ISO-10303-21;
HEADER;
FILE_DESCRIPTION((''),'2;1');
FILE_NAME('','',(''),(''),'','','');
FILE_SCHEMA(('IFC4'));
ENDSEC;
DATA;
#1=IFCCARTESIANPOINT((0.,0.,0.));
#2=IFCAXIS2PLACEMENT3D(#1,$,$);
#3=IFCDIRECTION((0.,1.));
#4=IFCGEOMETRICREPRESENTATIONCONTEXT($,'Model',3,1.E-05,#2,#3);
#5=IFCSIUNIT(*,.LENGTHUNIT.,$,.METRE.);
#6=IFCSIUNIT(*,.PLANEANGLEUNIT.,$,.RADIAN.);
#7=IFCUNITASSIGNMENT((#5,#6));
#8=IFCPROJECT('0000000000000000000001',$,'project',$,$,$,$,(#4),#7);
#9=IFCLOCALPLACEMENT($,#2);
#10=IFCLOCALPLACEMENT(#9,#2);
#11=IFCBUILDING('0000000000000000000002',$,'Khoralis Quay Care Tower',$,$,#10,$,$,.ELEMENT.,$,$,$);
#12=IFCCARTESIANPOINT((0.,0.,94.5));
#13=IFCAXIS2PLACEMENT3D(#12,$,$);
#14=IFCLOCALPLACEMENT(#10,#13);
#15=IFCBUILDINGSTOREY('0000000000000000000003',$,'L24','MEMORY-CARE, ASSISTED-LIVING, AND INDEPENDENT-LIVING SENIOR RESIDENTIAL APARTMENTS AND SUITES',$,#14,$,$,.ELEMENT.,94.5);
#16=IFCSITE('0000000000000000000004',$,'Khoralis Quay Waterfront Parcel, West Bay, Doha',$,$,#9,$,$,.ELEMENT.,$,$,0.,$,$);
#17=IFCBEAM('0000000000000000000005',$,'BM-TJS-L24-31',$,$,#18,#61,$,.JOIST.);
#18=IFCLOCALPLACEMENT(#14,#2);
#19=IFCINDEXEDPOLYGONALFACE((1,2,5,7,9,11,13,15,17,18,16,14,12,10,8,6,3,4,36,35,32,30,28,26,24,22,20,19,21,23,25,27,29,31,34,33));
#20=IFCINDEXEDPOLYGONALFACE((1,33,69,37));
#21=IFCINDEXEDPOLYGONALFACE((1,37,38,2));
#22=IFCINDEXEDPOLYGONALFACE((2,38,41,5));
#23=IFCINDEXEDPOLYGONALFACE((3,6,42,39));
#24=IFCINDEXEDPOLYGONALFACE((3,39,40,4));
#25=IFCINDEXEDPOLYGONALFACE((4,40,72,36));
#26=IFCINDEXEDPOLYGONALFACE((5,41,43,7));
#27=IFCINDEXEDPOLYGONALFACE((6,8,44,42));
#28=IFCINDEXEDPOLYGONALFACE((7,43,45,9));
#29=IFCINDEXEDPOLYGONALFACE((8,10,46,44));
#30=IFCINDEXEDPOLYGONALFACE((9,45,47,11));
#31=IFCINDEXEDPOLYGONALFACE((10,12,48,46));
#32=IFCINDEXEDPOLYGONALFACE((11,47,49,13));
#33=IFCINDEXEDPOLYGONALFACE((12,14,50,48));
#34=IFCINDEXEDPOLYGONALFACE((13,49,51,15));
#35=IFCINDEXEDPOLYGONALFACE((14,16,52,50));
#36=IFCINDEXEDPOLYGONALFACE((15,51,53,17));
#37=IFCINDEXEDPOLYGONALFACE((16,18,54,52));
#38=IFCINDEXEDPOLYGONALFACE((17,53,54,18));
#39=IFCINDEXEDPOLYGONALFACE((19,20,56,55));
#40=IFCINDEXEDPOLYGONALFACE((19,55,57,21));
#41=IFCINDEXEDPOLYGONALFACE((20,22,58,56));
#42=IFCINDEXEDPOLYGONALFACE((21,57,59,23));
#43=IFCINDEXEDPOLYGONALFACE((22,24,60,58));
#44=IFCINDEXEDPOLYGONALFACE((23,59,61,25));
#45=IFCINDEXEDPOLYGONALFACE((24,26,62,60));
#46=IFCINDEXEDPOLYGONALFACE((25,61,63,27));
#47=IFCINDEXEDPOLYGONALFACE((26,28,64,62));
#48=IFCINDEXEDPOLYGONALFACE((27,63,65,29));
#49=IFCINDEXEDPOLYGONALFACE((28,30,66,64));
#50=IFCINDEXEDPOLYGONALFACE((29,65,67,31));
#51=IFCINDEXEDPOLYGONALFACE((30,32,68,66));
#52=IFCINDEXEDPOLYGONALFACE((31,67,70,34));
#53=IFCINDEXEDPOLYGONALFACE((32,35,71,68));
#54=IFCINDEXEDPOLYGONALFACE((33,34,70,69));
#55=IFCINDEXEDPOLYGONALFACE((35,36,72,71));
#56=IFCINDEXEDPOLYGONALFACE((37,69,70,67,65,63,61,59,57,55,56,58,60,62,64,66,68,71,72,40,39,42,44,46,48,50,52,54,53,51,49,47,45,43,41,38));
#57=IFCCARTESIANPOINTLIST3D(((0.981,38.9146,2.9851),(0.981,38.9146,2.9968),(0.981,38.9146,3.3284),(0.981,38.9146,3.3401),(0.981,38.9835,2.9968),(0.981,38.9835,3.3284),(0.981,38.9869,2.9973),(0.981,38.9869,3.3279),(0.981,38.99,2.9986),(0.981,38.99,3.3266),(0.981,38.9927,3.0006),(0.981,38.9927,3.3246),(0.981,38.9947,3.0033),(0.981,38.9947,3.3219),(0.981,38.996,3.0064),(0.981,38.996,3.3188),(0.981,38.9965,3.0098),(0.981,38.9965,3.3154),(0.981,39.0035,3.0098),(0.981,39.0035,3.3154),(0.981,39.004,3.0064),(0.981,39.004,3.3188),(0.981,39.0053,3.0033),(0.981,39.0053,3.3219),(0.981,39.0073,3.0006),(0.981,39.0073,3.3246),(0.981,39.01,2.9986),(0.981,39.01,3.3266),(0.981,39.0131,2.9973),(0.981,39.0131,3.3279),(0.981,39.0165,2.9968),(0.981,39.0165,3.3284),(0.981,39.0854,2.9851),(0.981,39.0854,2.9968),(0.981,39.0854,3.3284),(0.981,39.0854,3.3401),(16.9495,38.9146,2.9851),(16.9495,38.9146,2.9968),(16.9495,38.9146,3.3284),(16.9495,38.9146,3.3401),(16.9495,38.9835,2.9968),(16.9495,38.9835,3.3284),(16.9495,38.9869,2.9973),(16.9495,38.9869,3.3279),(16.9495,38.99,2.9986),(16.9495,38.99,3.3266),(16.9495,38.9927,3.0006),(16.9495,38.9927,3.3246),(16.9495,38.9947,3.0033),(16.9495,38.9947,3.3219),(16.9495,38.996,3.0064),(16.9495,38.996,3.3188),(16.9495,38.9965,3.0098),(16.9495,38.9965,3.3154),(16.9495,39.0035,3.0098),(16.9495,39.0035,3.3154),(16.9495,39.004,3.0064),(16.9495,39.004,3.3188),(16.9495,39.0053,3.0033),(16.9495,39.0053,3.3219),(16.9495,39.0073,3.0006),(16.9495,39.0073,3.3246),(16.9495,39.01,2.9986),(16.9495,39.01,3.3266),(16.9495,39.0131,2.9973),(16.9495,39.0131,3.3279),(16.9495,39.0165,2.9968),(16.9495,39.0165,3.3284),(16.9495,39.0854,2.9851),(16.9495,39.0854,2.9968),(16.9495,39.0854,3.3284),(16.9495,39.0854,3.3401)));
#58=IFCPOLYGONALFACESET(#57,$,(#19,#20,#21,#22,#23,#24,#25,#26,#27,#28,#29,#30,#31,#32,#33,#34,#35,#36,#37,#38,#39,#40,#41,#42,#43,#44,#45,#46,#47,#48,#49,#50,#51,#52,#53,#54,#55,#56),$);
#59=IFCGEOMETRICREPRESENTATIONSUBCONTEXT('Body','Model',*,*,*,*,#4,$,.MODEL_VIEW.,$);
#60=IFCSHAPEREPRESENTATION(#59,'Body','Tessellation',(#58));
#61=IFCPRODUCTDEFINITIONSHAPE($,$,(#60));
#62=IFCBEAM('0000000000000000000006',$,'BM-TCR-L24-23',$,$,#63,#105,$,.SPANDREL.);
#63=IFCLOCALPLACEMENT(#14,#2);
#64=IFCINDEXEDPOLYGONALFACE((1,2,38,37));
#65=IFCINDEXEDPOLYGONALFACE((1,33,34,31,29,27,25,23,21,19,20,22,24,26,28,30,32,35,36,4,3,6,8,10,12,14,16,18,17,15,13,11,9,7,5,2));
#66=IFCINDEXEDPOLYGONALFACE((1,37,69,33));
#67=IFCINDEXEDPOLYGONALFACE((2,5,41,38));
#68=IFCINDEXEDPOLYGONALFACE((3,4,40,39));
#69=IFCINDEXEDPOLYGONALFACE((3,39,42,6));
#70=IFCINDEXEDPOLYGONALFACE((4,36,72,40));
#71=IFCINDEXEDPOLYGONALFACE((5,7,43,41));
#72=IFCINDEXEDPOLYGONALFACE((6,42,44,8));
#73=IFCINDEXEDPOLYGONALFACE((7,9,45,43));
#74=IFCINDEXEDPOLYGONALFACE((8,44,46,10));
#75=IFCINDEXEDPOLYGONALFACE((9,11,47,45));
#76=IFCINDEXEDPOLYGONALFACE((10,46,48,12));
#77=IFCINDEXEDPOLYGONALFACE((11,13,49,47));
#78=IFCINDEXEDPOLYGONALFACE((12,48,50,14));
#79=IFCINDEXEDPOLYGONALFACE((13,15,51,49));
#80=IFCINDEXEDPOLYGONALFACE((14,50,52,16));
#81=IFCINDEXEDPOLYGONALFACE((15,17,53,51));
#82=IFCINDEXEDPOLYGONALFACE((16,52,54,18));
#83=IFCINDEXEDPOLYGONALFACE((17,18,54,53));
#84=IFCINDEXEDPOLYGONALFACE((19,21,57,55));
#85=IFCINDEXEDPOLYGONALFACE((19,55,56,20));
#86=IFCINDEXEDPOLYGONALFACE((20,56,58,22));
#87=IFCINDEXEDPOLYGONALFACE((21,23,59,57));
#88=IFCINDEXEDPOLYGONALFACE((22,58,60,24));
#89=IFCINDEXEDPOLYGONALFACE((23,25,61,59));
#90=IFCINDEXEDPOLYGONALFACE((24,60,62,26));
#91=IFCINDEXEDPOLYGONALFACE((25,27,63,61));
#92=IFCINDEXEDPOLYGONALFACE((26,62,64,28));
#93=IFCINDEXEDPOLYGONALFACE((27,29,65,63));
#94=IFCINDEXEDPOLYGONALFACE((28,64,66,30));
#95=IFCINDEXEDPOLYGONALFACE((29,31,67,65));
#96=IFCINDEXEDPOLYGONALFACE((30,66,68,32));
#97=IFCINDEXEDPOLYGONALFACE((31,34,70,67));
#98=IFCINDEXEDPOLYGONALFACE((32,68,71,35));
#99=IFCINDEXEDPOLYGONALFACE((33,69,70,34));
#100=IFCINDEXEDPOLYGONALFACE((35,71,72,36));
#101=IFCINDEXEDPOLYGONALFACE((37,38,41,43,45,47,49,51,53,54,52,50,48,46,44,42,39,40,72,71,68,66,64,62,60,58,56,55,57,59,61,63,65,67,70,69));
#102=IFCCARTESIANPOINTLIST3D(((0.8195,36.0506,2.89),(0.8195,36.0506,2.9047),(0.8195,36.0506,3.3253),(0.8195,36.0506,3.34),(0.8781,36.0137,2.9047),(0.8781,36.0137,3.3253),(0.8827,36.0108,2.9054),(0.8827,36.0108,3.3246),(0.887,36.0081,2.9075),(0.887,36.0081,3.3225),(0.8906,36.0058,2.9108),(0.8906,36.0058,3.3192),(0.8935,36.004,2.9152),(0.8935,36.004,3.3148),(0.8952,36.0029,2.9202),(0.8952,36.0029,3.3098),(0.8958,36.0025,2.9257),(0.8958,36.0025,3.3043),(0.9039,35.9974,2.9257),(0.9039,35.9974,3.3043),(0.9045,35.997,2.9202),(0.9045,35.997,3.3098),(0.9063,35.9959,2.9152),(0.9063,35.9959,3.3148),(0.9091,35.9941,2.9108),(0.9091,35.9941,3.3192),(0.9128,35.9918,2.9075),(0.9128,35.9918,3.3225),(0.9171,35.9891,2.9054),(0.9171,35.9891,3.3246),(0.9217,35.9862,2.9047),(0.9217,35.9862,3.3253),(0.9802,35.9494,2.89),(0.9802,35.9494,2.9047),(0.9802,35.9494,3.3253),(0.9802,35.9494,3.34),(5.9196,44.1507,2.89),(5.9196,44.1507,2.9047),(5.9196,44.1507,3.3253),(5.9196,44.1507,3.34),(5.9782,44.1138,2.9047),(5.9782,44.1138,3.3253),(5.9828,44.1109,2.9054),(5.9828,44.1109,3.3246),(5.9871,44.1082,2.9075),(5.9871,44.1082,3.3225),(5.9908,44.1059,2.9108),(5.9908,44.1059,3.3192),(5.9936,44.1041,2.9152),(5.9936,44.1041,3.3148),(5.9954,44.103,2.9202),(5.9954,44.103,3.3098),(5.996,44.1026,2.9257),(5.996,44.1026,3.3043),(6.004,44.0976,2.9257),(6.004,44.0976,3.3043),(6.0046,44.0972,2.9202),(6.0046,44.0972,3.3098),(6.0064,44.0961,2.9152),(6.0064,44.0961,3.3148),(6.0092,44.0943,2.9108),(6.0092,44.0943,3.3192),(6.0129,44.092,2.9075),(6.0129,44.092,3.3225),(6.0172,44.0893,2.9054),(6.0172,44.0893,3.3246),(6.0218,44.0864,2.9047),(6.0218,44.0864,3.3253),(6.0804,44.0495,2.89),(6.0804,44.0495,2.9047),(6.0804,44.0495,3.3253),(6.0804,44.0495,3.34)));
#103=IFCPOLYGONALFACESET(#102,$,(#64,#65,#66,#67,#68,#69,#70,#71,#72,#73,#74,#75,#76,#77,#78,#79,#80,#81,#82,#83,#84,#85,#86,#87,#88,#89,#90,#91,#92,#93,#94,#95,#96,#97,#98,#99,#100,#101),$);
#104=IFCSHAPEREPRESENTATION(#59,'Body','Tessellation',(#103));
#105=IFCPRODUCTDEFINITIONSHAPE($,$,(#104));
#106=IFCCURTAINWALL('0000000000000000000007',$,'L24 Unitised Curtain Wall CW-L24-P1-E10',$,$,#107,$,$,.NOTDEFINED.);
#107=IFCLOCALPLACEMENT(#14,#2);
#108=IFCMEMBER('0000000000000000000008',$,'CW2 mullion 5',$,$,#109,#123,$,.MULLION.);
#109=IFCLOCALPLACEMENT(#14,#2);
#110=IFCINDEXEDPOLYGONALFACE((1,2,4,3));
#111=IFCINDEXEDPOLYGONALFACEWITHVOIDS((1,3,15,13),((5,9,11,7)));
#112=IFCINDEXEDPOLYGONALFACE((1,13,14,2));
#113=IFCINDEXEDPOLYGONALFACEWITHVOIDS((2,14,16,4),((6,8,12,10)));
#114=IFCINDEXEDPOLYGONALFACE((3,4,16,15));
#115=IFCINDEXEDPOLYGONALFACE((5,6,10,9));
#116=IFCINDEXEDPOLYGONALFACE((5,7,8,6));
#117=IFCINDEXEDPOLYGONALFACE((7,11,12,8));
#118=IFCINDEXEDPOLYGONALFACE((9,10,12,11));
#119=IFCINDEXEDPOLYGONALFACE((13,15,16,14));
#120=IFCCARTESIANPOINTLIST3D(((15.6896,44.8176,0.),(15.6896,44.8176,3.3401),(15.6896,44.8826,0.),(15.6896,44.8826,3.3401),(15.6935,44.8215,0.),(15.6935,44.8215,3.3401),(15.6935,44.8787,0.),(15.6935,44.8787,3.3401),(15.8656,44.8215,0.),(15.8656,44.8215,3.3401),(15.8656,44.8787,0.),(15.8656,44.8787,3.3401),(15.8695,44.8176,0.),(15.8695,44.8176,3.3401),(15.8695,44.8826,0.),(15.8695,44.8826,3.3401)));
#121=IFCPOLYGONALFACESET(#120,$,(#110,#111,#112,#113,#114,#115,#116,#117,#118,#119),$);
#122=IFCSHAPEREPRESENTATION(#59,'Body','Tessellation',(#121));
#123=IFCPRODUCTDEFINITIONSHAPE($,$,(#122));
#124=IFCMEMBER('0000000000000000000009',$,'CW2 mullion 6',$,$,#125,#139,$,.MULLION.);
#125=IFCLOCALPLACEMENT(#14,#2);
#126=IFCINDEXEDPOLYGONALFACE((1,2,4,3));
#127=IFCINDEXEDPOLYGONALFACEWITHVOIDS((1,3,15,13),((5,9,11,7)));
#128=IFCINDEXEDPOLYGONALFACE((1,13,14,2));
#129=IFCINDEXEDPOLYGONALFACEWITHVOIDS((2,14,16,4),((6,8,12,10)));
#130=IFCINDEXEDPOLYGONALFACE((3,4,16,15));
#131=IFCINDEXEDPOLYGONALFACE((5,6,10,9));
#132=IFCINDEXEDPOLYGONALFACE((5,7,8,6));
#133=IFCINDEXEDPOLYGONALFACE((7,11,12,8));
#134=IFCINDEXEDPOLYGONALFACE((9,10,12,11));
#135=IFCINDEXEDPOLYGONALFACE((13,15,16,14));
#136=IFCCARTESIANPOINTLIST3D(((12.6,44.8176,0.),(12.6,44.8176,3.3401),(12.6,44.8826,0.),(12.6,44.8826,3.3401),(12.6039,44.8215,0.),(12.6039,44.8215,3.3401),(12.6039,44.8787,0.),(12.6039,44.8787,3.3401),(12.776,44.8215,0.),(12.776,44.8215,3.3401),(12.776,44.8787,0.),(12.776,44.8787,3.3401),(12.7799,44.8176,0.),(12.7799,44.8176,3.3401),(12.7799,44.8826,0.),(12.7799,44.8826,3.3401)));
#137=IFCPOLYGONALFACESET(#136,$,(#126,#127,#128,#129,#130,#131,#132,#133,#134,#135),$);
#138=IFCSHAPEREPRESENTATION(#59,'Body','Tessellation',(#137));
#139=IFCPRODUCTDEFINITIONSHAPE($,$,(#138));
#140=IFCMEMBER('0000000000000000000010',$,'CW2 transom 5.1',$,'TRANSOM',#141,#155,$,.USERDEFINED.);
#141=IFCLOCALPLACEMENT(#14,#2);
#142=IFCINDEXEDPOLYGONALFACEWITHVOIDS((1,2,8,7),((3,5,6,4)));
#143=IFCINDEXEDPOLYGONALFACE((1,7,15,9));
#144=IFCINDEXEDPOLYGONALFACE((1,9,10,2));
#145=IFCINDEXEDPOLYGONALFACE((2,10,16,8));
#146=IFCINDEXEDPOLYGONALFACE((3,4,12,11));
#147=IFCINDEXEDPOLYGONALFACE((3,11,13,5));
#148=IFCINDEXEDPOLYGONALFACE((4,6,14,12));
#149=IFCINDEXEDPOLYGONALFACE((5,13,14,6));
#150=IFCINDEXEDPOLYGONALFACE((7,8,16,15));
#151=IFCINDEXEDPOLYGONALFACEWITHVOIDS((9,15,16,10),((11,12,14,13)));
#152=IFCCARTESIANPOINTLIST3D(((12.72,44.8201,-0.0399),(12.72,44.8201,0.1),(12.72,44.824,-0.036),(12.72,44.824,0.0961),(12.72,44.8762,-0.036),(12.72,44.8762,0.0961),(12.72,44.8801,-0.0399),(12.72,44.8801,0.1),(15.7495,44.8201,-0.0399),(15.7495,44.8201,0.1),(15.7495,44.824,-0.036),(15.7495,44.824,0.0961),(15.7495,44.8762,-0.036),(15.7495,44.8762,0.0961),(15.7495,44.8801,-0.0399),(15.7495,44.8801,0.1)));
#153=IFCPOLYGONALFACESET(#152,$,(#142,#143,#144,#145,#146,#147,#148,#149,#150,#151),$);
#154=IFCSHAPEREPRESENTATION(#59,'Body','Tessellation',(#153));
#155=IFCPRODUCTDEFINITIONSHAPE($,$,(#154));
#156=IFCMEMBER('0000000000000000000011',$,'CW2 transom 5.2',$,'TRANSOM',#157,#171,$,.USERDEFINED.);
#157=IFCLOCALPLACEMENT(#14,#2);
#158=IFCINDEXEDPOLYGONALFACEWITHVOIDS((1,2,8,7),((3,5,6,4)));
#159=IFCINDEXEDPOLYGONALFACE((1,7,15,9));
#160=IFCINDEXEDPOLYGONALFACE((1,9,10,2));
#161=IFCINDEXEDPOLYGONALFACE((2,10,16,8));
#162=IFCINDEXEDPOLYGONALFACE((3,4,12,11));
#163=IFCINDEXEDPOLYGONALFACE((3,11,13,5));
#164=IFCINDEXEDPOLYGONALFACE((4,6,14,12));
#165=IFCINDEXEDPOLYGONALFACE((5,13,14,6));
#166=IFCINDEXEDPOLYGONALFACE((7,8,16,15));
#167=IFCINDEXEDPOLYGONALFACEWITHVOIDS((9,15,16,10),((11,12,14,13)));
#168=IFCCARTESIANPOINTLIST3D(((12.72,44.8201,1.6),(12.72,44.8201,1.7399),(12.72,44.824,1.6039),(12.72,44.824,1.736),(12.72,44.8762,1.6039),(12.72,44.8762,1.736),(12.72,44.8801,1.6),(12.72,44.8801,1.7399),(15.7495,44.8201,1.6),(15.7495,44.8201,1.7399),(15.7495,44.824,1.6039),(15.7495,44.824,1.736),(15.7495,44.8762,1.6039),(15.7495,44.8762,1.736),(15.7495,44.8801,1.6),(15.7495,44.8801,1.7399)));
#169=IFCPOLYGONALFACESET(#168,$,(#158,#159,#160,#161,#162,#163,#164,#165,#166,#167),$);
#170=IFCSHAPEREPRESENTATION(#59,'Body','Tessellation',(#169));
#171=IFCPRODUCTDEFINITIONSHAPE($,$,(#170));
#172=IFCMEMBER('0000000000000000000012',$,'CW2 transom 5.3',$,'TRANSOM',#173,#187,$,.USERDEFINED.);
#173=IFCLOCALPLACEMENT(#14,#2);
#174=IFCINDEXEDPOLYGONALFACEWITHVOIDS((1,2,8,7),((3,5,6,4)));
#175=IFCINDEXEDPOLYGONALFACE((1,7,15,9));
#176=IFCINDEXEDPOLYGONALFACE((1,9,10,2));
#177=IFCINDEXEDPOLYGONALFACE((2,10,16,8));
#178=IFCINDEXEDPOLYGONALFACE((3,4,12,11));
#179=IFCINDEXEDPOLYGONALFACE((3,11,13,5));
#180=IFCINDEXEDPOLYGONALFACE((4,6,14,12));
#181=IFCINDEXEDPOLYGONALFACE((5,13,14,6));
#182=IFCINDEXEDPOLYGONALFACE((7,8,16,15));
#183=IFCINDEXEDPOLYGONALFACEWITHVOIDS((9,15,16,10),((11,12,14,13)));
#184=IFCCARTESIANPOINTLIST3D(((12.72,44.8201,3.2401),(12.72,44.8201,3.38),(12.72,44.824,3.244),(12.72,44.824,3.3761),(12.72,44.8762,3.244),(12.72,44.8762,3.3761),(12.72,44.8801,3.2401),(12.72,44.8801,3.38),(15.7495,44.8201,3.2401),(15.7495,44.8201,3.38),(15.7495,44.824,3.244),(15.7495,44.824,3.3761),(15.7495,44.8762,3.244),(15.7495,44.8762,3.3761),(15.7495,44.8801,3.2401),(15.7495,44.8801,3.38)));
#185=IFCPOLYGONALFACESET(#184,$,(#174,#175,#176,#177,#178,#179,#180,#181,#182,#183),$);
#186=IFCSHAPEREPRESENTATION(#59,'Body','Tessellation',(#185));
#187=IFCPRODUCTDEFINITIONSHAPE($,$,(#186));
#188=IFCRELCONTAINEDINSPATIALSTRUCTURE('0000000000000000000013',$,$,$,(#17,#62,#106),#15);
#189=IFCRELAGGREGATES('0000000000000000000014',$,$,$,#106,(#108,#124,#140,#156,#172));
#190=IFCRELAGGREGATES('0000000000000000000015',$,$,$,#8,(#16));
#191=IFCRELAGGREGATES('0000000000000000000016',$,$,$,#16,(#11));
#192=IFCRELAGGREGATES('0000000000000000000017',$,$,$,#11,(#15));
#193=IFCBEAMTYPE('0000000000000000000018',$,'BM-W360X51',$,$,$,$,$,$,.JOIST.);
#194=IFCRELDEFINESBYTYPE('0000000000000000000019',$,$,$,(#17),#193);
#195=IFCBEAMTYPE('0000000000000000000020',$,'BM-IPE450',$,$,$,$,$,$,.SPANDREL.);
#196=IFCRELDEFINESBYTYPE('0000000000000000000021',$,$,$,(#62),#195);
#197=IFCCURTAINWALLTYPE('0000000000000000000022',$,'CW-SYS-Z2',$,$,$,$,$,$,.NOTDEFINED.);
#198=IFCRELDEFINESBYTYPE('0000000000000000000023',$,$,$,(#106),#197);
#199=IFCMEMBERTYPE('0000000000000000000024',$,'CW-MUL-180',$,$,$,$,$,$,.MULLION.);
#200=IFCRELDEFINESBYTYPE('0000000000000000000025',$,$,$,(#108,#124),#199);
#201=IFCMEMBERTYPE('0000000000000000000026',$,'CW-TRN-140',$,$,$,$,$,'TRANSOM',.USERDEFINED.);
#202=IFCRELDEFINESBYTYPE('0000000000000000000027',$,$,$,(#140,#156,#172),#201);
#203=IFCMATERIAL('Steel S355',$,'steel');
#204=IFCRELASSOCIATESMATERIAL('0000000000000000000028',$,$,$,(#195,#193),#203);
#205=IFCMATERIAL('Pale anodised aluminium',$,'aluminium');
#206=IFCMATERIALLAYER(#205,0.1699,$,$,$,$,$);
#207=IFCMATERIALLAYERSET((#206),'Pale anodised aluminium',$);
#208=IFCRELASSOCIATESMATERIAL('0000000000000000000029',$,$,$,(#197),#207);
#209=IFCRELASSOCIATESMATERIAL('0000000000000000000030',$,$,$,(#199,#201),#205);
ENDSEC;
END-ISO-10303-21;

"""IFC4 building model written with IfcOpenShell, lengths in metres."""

from ifc_helpers import new_model, si_unit, direction, frame, origin, origin_2d, place, context, subcontext, project, spatial, hollow_rectangle, i_section, extrude, source, transform, mapped, material, layer, layer_set, material_profile, profile_set, type_object, element, aggregate, save


model = new_model("IFC4")

# Units and contexts
model_context = context("Model", 3, precision=1e-05, world=origin(), true_north=direction((0.0, 1.0)))
body_context = subcontext(model_context, "Body", "Model", "MODEL_VIEW")
ifc_project = project(units=[si_unit("LENGTHUNIT", "METRE"), si_unit("PLANEANGLEUNIT", "RADIAN")], contexts=[model_context])

# Site, building, storey
site_placement = place(None, origin())
site = spatial("IfcSite", under=ifc_project, at=site_placement, Name="Khoralis Quay Waterfront Parcel, West Bay, Doha", CompositionType="ELEMENT", RefElevation=0.0)
building_placement = place(site_placement, origin())
building = spatial("IfcBuilding", under=site, at=building_placement, Name="Khoralis Quay Care Tower", CompositionType="ELEMENT")
storey_placement = place(building_placement, frame((0.0, 0.0, 94.5)))
storey = spatial("IfcBuildingStorey", under=building, at=storey_placement, Name="L24", Description="MEMORY-CARE, ASSISTED-LIVING, AND INDEPENDENT-LIVING SENIOR RESIDENTIAL APARTMENTS AND SUITES", CompositionType="ELEMENT", Elevation=94.5)

# Beams
ifc_material_1 = material(Name="Steel S355", Category="steel")
ifc_material_profile_1 = material_profile(ifc_material_1, i_section(OverallWidth=0.1899, OverallDepth=0.45, WebThickness=0.0095, FlangeThickness=0.0146, FilletRadius=0.021, at=origin_2d()), Name="Steel S355")
ifc_profile_set_1 = profile_set([ifc_material_profile_1], Name="Steel S355")
beam_type_1 = type_object("IfcBeamType", Name="BM-IPE450", PredefinedType="SPANDREL", material=ifc_profile_set_1)
ifc_material_profile_2 = material_profile(ifc_material_1, i_section(OverallWidth=0.1709, OverallDepth=0.355, WebThickness=0.0071, FlangeThickness=0.0117, FilletRadius=0.0129, at=origin_2d()), Name="Steel S355")
ifc_profile_set_2 = profile_set([ifc_material_profile_2], Name="Steel S355")
beam_type_2 = type_object("IfcBeamType", Name="BM-W360X51", PredefinedType="JOIST", material=ifc_profile_set_2)
shared_shape_1 = source(origin(), body_context, "Body", "SweptSolid", [
    extrude(i_section(OverallWidth=0.1709, OverallDepth=0.355, WebThickness=0.0071, FlangeThickness=0.0117, FilletRadius=0.0129, at=origin_2d()), origin(), (0.0, 0.0, 1.0), 15.9685),
])
beam_1_placement = place(storey_placement, frame((0.981, 39.0, 3.1626), z_axis=(1.0, 0.0, 0.0), x_axis=(0.0, 1.0, 0.0)))
element("IfcBeam", 1, at=beam_1_placement, inside=storey, type_object=beam_type_2, Name="BM-TJS-L24-31", PredefinedType="JOIST", context=body_context, shape_type="MappedRepresentation", body=[
    mapped(shared_shape_1, transform((0.0, 0.0, 0.0), scale=1.0)),
])
shared_shape_2 = source(origin(), body_context, "Body", "SweptSolid", [
    extrude(i_section(OverallWidth=0.1899, OverallDepth=0.45, WebThickness=0.0095, FlangeThickness=0.0146, FilletRadius=0.021, at=origin_2d()), origin(), (0.0, 0.0, 1.0), 9.572),
])
beam_2_placement = place(storey_placement, frame((6.0, 44.1001, 3.115), z_axis=(-0.532816, -0.846231, 0.0), x_axis=(0.846231, -0.532816, 0.0)))
element("IfcBeam", 2, at=beam_2_placement, inside=storey, type_object=beam_type_1, Name="BM-TCR-L24-23", PredefinedType="SPANDREL", context=body_context, shape_type="MappedRepresentation", body=[
    mapped(shared_shape_2, transform((0.0, 0.0, 0.0), scale=1.0)),
])

# Curtain wall, members
ifc_material_2 = material(Name="Pale anodised aluminium", Category="aluminium")
ifc_layer_1 = layer(ifc_material_2, 0.1699)
ifc_layer_set_1 = layer_set([ifc_layer_1], Name="Pale anodised aluminium")
curtain_wall_type = type_object("IfcCurtainWallType", Name="CW-SYS-Z2", PredefinedType="NOTDEFINED", material=ifc_layer_set_1)
curtain_wall_placement = place(storey_placement, origin())
curtain_wall = element("IfcCurtainWall", 3, at=curtain_wall_placement, inside=storey, type_object=curtain_wall_type, Name="L24 Unitised Curtain Wall CW-L24-P1-E10", PredefinedType="NOTDEFINED")
ifc_material_profile_3 = material_profile(ifc_material_2, hollow_rectangle(XDim=0.0649, YDim=0.1799, WallThickness=0.0039, at=origin_2d()), Name="Pale anodised aluminium")
ifc_profile_set_3 = profile_set([ifc_material_profile_3], Name="Pale anodised aluminium")
member_type_1 = type_object("IfcMemberType", Name="CW-MUL-180", PredefinedType="MULLION", material=ifc_profile_set_3)
shared_shape_3 = source(origin(), body_context, "Body", "SweptSolid", [
    extrude(hollow_rectangle(XDim=0.0649, YDim=0.1799, WallThickness=0.0039, at=origin_2d()), origin(), (0.0, 0.0, 1.0), 3.3401),
])
member_1_placement = place(storey_placement, frame((15.7795, 44.8501, 0.0), z_axis=(0.0, 0.0, 1.0), x_axis=(0.0, -1.0, 0.0)))
member_1 = element("IfcMember", 4, at=member_1_placement, type_object=member_type_1, Name="CW2 mullion 5", PredefinedType="MULLION", context=body_context, shape_type="MappedRepresentation", body=[
    mapped(shared_shape_3, transform((0.0, 0.0, 0.0), scale=1.0)),
])
member_2_placement = place(storey_placement, frame((12.6899, 44.8501, 0.0), z_axis=(0.0, 0.0, 1.0), x_axis=(0.0, -1.0, 0.0)))
member_2 = element("IfcMember", 5, at=member_2_placement, type_object=member_type_1, Name="CW2 mullion 6", PredefinedType="MULLION", context=body_context, shape_type="MappedRepresentation", body=[
    mapped(shared_shape_3, transform((0.0, 0.0, 0.0), scale=1.0)),
])
ifc_material_profile_4 = material_profile(ifc_material_2, hollow_rectangle(XDim=0.0601, YDim=0.1399, WallThickness=0.0039, at=origin_2d()), Name="Pale anodised aluminium")
ifc_profile_set_4 = profile_set([ifc_material_profile_4], Name="Pale anodised aluminium")
member_type_2 = type_object("IfcMemberType", Name="CW-TRN-140", ElementType="TRANSOM", PredefinedType="USERDEFINED", material=ifc_profile_set_4)
shared_shape_4 = source(origin(), body_context, "Body", "SweptSolid", [
    extrude(hollow_rectangle(XDim=0.0601, YDim=0.1399, WallThickness=0.0039, at=origin_2d()), origin(), (0.0, 0.0, 1.0), 3.0295),
])
member_3_placement = place(storey_placement, frame((15.7495, 44.8501, 0.03), z_axis=(-1.0, 0.0, 0.0), x_axis=(0.0, -1.0, 0.0)))
member_3 = element("IfcMember", 6, at=member_3_placement, type_object=member_type_2, Name="CW2 transom 5.1", ObjectType="TRANSOM", PredefinedType="USERDEFINED", context=body_context, shape_type="MappedRepresentation", body=[
    mapped(shared_shape_4, transform((0.0, 0.0, 0.0), scale=1.0)),
])
member_4_placement = place(storey_placement, frame((15.7495, 44.8501, 1.6699), z_axis=(-1.0, 0.0, 0.0), x_axis=(0.0, -1.0, 0.0)))
member_4 = element("IfcMember", 7, at=member_4_placement, type_object=member_type_2, Name="CW2 transom 5.2", ObjectType="TRANSOM", PredefinedType="USERDEFINED", context=body_context, shape_type="MappedRepresentation", body=[
    mapped(shared_shape_4, transform((0.0, 0.0, 0.0), scale=1.0)),
])
member_5_placement = place(storey_placement, frame((15.7495, 44.8501, 3.3101), z_axis=(-1.0, 0.0, 0.0), x_axis=(0.0, -1.0, 0.0)))
member_5 = element("IfcMember", 8, at=member_5_placement, type_object=member_type_2, Name="CW2 transom 5.3", ObjectType="TRANSOM", PredefinedType="USERDEFINED", context=body_context, shape_type="MappedRepresentation", body=[
    mapped(shared_shape_4, transform((0.0, 0.0, 0.0), scale=1.0)),
])
aggregate(curtain_wall, [member_1, member_2, member_3, member_4, member_5])

save(model, "model.ifc")
